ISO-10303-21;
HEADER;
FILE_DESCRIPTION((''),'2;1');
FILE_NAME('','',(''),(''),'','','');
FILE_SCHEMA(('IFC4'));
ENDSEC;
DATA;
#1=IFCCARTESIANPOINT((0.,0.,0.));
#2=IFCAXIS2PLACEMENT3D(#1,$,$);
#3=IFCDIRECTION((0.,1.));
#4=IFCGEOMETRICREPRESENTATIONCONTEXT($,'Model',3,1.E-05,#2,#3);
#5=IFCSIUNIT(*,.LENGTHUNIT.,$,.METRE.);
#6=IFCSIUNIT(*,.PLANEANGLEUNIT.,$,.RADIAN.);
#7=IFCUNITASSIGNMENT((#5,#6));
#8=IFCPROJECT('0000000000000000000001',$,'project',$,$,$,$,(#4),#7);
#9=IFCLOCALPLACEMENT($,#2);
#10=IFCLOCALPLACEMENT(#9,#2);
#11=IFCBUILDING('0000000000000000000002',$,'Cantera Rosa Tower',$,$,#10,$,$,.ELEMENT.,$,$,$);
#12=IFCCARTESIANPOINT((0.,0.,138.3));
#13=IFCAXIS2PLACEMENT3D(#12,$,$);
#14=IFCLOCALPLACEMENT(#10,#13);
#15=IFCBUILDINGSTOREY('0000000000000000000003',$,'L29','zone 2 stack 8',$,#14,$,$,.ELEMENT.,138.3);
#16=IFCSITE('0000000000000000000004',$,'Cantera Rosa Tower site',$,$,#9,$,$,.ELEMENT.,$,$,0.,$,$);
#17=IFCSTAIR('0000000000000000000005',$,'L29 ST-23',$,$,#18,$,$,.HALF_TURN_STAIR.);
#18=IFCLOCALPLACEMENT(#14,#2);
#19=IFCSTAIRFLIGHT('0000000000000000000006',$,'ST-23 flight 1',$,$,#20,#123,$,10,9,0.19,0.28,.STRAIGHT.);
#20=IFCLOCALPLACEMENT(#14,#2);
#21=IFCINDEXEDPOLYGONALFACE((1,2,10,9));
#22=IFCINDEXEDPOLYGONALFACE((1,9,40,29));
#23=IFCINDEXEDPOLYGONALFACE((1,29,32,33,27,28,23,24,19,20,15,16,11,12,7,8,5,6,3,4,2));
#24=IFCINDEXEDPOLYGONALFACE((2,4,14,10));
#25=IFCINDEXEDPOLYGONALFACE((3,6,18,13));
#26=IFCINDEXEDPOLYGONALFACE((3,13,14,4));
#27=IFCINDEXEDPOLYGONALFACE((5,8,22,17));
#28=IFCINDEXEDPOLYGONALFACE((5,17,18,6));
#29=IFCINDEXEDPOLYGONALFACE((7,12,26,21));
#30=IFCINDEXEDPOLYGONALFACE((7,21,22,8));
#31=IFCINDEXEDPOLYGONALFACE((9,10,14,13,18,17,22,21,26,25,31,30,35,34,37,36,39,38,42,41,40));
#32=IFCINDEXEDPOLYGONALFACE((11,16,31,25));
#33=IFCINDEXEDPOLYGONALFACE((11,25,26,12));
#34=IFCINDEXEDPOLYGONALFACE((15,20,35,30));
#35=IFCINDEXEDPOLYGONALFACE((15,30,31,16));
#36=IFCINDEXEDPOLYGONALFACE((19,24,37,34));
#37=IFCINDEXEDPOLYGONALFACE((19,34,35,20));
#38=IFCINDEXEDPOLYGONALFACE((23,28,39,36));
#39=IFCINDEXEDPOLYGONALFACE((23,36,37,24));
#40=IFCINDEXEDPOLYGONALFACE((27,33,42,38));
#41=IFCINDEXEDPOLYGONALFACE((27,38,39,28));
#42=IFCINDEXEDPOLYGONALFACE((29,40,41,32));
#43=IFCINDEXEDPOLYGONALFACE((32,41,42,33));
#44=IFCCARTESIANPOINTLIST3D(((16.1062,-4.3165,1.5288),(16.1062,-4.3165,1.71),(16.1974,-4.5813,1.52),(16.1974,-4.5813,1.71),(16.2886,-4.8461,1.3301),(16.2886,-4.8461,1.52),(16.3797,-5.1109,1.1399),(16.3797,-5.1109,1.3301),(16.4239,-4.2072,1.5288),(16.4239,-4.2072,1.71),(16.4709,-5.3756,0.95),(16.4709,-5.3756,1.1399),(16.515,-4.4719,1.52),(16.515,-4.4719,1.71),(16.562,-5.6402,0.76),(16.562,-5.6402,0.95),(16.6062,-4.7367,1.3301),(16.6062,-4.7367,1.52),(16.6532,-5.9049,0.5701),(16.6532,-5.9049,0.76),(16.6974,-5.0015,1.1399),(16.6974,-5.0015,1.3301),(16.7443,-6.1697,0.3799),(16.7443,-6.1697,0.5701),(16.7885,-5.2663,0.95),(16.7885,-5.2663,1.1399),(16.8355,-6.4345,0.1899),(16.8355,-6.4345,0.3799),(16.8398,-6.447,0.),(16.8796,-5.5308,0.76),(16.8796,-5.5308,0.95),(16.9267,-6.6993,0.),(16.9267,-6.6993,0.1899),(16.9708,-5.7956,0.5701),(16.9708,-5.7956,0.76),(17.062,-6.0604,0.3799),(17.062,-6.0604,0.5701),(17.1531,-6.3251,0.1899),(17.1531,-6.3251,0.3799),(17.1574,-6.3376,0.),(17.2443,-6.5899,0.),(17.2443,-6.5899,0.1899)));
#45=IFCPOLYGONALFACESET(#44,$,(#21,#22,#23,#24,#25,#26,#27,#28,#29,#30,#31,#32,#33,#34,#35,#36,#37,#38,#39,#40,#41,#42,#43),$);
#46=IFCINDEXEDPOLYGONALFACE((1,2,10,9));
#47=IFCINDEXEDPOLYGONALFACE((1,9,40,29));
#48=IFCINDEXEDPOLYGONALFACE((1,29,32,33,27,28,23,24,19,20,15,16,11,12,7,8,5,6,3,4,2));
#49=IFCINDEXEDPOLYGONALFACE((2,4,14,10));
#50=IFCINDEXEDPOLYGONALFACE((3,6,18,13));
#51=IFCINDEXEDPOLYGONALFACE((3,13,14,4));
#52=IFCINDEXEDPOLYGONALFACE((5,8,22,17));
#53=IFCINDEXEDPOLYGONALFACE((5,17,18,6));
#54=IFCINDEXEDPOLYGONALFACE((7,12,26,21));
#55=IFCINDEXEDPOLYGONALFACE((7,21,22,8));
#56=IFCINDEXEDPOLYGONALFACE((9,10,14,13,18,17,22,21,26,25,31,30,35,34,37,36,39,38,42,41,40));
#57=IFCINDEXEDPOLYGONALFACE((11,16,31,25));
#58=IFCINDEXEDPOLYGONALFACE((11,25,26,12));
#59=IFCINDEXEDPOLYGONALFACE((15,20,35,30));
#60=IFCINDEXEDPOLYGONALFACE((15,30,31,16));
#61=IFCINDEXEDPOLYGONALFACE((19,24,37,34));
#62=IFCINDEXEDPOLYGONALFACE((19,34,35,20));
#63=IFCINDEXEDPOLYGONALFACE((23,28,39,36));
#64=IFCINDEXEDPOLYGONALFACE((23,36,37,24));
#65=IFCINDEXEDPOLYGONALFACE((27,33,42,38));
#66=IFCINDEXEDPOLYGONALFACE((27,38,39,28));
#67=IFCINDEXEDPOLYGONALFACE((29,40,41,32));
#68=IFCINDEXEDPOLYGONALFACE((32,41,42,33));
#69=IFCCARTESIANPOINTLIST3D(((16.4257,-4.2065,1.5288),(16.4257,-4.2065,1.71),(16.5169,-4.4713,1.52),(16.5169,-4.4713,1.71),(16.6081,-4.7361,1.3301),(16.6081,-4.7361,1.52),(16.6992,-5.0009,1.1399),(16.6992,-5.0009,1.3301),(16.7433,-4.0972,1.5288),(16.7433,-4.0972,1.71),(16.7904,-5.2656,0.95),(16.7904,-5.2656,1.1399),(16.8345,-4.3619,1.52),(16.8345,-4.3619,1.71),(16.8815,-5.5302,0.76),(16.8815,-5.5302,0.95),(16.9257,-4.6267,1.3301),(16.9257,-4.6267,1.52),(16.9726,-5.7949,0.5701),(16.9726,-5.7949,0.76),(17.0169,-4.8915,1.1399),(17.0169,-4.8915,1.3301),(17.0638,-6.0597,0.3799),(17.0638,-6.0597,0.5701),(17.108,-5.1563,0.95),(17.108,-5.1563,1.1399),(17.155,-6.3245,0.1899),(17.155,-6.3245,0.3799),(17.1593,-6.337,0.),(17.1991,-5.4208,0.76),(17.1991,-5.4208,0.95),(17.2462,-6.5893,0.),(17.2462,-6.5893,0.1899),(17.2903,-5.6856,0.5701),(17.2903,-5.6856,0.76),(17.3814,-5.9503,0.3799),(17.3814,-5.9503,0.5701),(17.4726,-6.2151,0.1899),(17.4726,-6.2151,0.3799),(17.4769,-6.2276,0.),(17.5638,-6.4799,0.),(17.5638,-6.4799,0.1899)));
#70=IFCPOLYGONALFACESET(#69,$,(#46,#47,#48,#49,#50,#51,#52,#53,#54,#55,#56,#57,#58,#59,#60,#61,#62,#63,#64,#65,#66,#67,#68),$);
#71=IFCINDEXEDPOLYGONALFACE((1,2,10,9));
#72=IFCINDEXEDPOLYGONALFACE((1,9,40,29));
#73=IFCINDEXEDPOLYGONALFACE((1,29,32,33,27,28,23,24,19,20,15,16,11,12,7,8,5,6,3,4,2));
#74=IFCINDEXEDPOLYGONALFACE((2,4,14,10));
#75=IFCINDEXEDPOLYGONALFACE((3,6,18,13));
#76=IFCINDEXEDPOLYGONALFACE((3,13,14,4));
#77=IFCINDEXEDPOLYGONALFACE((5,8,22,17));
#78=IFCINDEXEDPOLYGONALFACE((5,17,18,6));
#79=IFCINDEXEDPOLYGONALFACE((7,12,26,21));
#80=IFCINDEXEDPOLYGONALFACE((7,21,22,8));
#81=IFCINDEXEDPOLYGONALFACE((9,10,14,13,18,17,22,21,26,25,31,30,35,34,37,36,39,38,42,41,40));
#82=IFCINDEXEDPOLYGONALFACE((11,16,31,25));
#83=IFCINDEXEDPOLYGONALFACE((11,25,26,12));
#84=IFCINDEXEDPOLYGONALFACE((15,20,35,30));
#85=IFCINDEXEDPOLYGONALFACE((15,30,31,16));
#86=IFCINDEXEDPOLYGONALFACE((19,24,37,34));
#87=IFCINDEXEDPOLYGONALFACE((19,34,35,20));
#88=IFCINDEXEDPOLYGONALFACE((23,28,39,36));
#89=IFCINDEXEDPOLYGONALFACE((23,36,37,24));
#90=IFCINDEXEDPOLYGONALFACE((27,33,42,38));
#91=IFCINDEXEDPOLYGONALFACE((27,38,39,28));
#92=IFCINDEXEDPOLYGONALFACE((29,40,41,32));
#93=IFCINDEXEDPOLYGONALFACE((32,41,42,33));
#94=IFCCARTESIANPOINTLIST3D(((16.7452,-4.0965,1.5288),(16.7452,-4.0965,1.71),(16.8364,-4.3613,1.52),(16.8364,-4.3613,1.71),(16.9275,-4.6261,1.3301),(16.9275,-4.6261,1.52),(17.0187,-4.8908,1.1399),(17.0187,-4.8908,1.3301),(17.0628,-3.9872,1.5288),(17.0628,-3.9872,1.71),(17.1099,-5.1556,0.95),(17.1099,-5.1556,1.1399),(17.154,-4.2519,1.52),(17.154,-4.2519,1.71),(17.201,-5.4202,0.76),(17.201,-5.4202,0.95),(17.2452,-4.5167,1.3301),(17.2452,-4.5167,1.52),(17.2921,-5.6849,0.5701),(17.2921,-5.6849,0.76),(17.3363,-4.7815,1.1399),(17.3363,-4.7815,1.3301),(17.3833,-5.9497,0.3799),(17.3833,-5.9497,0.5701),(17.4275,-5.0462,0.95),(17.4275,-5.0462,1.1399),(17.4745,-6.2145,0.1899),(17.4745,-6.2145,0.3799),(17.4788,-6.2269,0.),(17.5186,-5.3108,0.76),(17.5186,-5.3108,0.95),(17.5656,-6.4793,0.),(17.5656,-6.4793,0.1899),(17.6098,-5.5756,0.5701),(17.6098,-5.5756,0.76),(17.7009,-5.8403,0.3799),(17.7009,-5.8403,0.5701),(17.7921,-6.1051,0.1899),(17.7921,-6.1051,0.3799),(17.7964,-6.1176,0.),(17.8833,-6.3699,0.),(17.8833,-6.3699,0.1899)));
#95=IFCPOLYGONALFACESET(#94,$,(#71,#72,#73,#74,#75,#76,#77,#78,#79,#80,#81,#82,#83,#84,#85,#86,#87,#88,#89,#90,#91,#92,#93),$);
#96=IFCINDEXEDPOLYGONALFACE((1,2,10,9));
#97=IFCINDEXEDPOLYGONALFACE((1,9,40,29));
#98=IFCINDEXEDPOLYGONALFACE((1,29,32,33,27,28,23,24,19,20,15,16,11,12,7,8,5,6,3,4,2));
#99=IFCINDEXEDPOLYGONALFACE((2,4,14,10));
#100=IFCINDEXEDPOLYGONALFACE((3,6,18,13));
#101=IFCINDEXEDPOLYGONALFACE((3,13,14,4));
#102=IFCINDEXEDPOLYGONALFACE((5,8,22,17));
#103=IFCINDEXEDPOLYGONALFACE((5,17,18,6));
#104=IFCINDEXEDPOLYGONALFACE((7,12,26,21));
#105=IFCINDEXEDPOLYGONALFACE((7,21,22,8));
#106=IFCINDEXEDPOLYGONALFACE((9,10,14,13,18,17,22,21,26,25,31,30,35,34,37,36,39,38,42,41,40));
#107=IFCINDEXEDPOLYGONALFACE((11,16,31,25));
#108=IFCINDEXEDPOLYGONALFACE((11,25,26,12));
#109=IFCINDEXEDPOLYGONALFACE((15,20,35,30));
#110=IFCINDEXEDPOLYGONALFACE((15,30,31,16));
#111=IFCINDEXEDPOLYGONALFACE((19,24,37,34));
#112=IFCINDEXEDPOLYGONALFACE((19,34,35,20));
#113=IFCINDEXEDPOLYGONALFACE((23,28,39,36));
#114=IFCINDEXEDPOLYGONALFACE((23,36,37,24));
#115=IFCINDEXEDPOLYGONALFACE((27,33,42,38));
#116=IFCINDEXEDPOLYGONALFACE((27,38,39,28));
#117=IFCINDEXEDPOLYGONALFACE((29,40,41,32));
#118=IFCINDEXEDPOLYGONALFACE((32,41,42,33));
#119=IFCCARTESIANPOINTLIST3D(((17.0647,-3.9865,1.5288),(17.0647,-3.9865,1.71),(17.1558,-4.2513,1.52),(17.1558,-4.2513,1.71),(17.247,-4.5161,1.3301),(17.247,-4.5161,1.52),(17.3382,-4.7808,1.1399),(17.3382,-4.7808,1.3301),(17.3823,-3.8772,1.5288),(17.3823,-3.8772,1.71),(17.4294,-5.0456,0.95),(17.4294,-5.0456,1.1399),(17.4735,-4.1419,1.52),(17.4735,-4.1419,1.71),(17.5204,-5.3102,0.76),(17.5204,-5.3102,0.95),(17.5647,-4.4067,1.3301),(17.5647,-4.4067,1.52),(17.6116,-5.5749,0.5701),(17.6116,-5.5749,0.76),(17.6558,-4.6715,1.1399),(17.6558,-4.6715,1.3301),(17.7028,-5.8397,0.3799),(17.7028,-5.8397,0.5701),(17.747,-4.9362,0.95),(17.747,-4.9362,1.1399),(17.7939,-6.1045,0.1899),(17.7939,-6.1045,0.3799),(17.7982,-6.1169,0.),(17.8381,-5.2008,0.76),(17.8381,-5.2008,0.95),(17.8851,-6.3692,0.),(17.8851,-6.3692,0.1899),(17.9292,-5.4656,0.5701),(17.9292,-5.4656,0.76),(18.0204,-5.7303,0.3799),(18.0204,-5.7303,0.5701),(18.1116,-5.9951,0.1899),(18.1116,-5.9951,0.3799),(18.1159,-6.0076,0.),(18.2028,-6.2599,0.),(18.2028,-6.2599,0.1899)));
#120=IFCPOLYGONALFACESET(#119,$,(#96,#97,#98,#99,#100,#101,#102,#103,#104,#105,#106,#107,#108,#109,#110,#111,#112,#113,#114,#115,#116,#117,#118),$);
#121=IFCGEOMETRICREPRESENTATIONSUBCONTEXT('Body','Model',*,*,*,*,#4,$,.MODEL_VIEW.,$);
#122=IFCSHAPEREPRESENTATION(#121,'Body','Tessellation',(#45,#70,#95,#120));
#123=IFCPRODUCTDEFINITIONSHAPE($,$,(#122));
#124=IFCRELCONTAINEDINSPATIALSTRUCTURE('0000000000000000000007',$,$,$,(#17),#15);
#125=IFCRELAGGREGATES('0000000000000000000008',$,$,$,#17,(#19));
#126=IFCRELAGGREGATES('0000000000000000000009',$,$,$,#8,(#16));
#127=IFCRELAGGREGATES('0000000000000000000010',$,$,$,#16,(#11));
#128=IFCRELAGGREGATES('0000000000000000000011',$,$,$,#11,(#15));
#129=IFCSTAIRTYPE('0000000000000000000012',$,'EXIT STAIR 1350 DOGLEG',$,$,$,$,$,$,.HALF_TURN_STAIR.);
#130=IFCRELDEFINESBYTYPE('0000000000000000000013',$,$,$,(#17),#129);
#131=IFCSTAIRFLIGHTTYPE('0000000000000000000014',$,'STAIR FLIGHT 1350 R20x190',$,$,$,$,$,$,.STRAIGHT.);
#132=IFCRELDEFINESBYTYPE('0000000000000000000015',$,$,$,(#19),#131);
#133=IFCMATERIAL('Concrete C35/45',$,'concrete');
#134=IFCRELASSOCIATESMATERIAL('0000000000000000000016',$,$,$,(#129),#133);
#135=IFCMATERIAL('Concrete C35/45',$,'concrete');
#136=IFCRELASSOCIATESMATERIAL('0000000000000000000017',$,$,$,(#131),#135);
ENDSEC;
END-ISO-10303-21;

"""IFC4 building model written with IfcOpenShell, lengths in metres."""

from ifc_helpers import new_model, si_unit, direction, frame, origin, place, context, subcontext, project, spatial, polyline, outline, extrude, material, type_object, element, aggregate, save


model = new_model("IFC4")

# Units and contexts
model_context = context("Model", 3, precision=1e-05, world=origin(), true_north=direction((0.0, 1.0)))
body_context = subcontext(model_context, "Body", "Model", "MODEL_VIEW")
ifc_project = project(units=[si_unit("LENGTHUNIT", "METRE"), si_unit("PLANEANGLEUNIT", "RADIAN")], contexts=[model_context])

# Site, building, storey
site_placement = place(None, origin())
site = spatial("IfcSite", under=ifc_project, at=site_placement, Name="Cantera Rosa Tower site", CompositionType="ELEMENT", RefElevation=0.0)
building_placement = place(site_placement, origin())
building = spatial("IfcBuilding", under=site, at=building_placement, Name="Cantera Rosa Tower", CompositionType="ELEMENT")
storey_placement = place(building_placement, frame((0.0, 0.0, 138.3)))
storey = spatial("IfcBuildingStorey", under=building, at=storey_placement, Name="L29", Description="zone 2 stack 8", CompositionType="ELEMENT", Elevation=138.3)

# Stair, stair flight
ifc_material_1 = material(Name="Concrete C35/45", Category="concrete")
stair_type = type_object("IfcStairType", Name="EXIT STAIR 1350 DOGLEG", PredefinedType="HALF_TURN_STAIR", material=ifc_material_1)
stair_placement = place(storey_placement, origin())
stair = element("IfcStair", 1, at=stair_placement, inside=storey, type_object=stair_type, Name="L29 ST-23", PredefinedType="HALF_TURN_STAIR")
ifc_material_2 = material(Name="Concrete C35/45", Category="concrete")
stair_flight_type = type_object("IfcStairFlightType", Name="STAIR FLIGHT 1350 R20x190", PredefinedType="STRAIGHT", material=ifc_material_2)
stair_flight_1_placement = place(storey_placement, frame((17.5649, -6.4795, 0.0), z_axis=(0.0, 0.0, 1.0), x_axis=(-0.325568, 0.945519, 0.0)))
stair_flight_1 = element("IfcStairFlight", 2, at=stair_flight_1_placement, type_object=stair_flight_type, Name="ST-23 flight 1", NumberOfRisers=10, NumberOfTreads=9, PredefinedType="STRAIGHT", RiserHeight=0.19, TreadLength=0.28, context=body_context, shape_type="SweptSolid", body=[
    extrude(outline(polyline([(0.0, 0.0), (0.0, 0.1899), (0.28, 0.1899), (0.28, 0.3799), (0.5601, 0.3799), (0.5601, 0.5701), (0.8401, 0.5701), (0.8401, 0.76), (1.1201, 0.76), (1.1201, 0.95), (1.3999, 0.95), (1.3999, 1.1399), (1.6799, 1.1399), (1.6799, 1.3301), (1.96, 1.3301), (1.96, 1.52), (2.24, 1.52), (2.24, 1.71), (2.52, 1.71), (2.52, 1.8999), (2.52, 1.5288), (0.2668, 0.0), (0.0, 0.0)])), frame((0.0, 0.675, 0.0), z_axis=(0.0, -1.0, 0.0), x_axis=(1.0, 0.0, 0.0)), (0.0, 0.0, 1.0), 0.3359),
    extrude(outline(polyline([(0.0, 0.0), (0.0, 0.1899), (0.28, 0.1899), (0.28, 0.3799), (0.5601, 0.3799), (0.5601, 0.5701), (0.8401, 0.5701), (0.8401, 0.76), (1.1201, 0.76), (1.1201, 0.95), (1.3999, 0.95), (1.3999, 1.1399), (1.6799, 1.1399), (1.6799, 1.3301), (1.96, 1.3301), (1.96, 1.52), (2.24, 1.52), (2.24, 1.71), (2.52, 1.71), (2.52, 1.8999), (2.52, 1.5288), (0.2668, 0.0), (0.0, 0.0)])), frame((0.0, 0.3372, 0.0), z_axis=(0.0, -1.0, 0.0), x_axis=(1.0, 0.0, 0.0)), (0.0, 0.0, 1.0), 0.3359),
    extrude(outline(polyline([(0.0, 0.0), (0.0, 0.1899), (0.28, 0.1899), (0.28, 0.3799), (0.5601, 0.3799), (0.5601, 0.5701), (0.8401, 0.5701), (0.8401, 0.76), (1.1201, 0.76), (1.1201, 0.95), (1.3999, 0.95), (1.3999, 1.1399), (1.6799, 1.1399), (1.6799, 1.3301), (1.96, 1.3301), (1.96, 1.52), (2.24, 1.52), (2.24, 1.71), (2.52, 1.71), (2.52, 1.8999), (2.52, 1.5288), (0.2668, 0.0), (0.0, 0.0)])), frame((0.0, -0.0007, 0.0), z_axis=(0.0, -1.0, 0.0), x_axis=(1.0, 0.0, 0.0)), (0.0, 0.0, 1.0), 0.3359),
    extrude(outline(polyline([(0.0, 0.0), (0.0, 0.1899), (0.28, 0.1899), (0.28, 0.3799), (0.5601, 0.3799), (0.5601, 0.5701), (0.8401, 0.5701), (0.8401, 0.76), (1.1201, 0.76), (1.1201, 0.95), (1.3999, 0.95), (1.3999, 1.1399), (1.6799, 1.1399), (1.6799, 1.3301), (1.96, 1.3301), (1.96, 1.52), (2.24, 1.52), (2.24, 1.71), (2.52, 1.71), (2.52, 1.8999), (2.52, 1.5288), (0.2668, 0.0), (0.0, 0.0)])), frame((0.0, -0.3386, 0.0), z_axis=(0.0, -1.0, 0.0), x_axis=(1.0, 0.0, 0.0)), (0.0, 0.0, 1.0), 0.3359),
])
aggregate(stair, [stair_flight_1])

save(model, "model.ifc")
